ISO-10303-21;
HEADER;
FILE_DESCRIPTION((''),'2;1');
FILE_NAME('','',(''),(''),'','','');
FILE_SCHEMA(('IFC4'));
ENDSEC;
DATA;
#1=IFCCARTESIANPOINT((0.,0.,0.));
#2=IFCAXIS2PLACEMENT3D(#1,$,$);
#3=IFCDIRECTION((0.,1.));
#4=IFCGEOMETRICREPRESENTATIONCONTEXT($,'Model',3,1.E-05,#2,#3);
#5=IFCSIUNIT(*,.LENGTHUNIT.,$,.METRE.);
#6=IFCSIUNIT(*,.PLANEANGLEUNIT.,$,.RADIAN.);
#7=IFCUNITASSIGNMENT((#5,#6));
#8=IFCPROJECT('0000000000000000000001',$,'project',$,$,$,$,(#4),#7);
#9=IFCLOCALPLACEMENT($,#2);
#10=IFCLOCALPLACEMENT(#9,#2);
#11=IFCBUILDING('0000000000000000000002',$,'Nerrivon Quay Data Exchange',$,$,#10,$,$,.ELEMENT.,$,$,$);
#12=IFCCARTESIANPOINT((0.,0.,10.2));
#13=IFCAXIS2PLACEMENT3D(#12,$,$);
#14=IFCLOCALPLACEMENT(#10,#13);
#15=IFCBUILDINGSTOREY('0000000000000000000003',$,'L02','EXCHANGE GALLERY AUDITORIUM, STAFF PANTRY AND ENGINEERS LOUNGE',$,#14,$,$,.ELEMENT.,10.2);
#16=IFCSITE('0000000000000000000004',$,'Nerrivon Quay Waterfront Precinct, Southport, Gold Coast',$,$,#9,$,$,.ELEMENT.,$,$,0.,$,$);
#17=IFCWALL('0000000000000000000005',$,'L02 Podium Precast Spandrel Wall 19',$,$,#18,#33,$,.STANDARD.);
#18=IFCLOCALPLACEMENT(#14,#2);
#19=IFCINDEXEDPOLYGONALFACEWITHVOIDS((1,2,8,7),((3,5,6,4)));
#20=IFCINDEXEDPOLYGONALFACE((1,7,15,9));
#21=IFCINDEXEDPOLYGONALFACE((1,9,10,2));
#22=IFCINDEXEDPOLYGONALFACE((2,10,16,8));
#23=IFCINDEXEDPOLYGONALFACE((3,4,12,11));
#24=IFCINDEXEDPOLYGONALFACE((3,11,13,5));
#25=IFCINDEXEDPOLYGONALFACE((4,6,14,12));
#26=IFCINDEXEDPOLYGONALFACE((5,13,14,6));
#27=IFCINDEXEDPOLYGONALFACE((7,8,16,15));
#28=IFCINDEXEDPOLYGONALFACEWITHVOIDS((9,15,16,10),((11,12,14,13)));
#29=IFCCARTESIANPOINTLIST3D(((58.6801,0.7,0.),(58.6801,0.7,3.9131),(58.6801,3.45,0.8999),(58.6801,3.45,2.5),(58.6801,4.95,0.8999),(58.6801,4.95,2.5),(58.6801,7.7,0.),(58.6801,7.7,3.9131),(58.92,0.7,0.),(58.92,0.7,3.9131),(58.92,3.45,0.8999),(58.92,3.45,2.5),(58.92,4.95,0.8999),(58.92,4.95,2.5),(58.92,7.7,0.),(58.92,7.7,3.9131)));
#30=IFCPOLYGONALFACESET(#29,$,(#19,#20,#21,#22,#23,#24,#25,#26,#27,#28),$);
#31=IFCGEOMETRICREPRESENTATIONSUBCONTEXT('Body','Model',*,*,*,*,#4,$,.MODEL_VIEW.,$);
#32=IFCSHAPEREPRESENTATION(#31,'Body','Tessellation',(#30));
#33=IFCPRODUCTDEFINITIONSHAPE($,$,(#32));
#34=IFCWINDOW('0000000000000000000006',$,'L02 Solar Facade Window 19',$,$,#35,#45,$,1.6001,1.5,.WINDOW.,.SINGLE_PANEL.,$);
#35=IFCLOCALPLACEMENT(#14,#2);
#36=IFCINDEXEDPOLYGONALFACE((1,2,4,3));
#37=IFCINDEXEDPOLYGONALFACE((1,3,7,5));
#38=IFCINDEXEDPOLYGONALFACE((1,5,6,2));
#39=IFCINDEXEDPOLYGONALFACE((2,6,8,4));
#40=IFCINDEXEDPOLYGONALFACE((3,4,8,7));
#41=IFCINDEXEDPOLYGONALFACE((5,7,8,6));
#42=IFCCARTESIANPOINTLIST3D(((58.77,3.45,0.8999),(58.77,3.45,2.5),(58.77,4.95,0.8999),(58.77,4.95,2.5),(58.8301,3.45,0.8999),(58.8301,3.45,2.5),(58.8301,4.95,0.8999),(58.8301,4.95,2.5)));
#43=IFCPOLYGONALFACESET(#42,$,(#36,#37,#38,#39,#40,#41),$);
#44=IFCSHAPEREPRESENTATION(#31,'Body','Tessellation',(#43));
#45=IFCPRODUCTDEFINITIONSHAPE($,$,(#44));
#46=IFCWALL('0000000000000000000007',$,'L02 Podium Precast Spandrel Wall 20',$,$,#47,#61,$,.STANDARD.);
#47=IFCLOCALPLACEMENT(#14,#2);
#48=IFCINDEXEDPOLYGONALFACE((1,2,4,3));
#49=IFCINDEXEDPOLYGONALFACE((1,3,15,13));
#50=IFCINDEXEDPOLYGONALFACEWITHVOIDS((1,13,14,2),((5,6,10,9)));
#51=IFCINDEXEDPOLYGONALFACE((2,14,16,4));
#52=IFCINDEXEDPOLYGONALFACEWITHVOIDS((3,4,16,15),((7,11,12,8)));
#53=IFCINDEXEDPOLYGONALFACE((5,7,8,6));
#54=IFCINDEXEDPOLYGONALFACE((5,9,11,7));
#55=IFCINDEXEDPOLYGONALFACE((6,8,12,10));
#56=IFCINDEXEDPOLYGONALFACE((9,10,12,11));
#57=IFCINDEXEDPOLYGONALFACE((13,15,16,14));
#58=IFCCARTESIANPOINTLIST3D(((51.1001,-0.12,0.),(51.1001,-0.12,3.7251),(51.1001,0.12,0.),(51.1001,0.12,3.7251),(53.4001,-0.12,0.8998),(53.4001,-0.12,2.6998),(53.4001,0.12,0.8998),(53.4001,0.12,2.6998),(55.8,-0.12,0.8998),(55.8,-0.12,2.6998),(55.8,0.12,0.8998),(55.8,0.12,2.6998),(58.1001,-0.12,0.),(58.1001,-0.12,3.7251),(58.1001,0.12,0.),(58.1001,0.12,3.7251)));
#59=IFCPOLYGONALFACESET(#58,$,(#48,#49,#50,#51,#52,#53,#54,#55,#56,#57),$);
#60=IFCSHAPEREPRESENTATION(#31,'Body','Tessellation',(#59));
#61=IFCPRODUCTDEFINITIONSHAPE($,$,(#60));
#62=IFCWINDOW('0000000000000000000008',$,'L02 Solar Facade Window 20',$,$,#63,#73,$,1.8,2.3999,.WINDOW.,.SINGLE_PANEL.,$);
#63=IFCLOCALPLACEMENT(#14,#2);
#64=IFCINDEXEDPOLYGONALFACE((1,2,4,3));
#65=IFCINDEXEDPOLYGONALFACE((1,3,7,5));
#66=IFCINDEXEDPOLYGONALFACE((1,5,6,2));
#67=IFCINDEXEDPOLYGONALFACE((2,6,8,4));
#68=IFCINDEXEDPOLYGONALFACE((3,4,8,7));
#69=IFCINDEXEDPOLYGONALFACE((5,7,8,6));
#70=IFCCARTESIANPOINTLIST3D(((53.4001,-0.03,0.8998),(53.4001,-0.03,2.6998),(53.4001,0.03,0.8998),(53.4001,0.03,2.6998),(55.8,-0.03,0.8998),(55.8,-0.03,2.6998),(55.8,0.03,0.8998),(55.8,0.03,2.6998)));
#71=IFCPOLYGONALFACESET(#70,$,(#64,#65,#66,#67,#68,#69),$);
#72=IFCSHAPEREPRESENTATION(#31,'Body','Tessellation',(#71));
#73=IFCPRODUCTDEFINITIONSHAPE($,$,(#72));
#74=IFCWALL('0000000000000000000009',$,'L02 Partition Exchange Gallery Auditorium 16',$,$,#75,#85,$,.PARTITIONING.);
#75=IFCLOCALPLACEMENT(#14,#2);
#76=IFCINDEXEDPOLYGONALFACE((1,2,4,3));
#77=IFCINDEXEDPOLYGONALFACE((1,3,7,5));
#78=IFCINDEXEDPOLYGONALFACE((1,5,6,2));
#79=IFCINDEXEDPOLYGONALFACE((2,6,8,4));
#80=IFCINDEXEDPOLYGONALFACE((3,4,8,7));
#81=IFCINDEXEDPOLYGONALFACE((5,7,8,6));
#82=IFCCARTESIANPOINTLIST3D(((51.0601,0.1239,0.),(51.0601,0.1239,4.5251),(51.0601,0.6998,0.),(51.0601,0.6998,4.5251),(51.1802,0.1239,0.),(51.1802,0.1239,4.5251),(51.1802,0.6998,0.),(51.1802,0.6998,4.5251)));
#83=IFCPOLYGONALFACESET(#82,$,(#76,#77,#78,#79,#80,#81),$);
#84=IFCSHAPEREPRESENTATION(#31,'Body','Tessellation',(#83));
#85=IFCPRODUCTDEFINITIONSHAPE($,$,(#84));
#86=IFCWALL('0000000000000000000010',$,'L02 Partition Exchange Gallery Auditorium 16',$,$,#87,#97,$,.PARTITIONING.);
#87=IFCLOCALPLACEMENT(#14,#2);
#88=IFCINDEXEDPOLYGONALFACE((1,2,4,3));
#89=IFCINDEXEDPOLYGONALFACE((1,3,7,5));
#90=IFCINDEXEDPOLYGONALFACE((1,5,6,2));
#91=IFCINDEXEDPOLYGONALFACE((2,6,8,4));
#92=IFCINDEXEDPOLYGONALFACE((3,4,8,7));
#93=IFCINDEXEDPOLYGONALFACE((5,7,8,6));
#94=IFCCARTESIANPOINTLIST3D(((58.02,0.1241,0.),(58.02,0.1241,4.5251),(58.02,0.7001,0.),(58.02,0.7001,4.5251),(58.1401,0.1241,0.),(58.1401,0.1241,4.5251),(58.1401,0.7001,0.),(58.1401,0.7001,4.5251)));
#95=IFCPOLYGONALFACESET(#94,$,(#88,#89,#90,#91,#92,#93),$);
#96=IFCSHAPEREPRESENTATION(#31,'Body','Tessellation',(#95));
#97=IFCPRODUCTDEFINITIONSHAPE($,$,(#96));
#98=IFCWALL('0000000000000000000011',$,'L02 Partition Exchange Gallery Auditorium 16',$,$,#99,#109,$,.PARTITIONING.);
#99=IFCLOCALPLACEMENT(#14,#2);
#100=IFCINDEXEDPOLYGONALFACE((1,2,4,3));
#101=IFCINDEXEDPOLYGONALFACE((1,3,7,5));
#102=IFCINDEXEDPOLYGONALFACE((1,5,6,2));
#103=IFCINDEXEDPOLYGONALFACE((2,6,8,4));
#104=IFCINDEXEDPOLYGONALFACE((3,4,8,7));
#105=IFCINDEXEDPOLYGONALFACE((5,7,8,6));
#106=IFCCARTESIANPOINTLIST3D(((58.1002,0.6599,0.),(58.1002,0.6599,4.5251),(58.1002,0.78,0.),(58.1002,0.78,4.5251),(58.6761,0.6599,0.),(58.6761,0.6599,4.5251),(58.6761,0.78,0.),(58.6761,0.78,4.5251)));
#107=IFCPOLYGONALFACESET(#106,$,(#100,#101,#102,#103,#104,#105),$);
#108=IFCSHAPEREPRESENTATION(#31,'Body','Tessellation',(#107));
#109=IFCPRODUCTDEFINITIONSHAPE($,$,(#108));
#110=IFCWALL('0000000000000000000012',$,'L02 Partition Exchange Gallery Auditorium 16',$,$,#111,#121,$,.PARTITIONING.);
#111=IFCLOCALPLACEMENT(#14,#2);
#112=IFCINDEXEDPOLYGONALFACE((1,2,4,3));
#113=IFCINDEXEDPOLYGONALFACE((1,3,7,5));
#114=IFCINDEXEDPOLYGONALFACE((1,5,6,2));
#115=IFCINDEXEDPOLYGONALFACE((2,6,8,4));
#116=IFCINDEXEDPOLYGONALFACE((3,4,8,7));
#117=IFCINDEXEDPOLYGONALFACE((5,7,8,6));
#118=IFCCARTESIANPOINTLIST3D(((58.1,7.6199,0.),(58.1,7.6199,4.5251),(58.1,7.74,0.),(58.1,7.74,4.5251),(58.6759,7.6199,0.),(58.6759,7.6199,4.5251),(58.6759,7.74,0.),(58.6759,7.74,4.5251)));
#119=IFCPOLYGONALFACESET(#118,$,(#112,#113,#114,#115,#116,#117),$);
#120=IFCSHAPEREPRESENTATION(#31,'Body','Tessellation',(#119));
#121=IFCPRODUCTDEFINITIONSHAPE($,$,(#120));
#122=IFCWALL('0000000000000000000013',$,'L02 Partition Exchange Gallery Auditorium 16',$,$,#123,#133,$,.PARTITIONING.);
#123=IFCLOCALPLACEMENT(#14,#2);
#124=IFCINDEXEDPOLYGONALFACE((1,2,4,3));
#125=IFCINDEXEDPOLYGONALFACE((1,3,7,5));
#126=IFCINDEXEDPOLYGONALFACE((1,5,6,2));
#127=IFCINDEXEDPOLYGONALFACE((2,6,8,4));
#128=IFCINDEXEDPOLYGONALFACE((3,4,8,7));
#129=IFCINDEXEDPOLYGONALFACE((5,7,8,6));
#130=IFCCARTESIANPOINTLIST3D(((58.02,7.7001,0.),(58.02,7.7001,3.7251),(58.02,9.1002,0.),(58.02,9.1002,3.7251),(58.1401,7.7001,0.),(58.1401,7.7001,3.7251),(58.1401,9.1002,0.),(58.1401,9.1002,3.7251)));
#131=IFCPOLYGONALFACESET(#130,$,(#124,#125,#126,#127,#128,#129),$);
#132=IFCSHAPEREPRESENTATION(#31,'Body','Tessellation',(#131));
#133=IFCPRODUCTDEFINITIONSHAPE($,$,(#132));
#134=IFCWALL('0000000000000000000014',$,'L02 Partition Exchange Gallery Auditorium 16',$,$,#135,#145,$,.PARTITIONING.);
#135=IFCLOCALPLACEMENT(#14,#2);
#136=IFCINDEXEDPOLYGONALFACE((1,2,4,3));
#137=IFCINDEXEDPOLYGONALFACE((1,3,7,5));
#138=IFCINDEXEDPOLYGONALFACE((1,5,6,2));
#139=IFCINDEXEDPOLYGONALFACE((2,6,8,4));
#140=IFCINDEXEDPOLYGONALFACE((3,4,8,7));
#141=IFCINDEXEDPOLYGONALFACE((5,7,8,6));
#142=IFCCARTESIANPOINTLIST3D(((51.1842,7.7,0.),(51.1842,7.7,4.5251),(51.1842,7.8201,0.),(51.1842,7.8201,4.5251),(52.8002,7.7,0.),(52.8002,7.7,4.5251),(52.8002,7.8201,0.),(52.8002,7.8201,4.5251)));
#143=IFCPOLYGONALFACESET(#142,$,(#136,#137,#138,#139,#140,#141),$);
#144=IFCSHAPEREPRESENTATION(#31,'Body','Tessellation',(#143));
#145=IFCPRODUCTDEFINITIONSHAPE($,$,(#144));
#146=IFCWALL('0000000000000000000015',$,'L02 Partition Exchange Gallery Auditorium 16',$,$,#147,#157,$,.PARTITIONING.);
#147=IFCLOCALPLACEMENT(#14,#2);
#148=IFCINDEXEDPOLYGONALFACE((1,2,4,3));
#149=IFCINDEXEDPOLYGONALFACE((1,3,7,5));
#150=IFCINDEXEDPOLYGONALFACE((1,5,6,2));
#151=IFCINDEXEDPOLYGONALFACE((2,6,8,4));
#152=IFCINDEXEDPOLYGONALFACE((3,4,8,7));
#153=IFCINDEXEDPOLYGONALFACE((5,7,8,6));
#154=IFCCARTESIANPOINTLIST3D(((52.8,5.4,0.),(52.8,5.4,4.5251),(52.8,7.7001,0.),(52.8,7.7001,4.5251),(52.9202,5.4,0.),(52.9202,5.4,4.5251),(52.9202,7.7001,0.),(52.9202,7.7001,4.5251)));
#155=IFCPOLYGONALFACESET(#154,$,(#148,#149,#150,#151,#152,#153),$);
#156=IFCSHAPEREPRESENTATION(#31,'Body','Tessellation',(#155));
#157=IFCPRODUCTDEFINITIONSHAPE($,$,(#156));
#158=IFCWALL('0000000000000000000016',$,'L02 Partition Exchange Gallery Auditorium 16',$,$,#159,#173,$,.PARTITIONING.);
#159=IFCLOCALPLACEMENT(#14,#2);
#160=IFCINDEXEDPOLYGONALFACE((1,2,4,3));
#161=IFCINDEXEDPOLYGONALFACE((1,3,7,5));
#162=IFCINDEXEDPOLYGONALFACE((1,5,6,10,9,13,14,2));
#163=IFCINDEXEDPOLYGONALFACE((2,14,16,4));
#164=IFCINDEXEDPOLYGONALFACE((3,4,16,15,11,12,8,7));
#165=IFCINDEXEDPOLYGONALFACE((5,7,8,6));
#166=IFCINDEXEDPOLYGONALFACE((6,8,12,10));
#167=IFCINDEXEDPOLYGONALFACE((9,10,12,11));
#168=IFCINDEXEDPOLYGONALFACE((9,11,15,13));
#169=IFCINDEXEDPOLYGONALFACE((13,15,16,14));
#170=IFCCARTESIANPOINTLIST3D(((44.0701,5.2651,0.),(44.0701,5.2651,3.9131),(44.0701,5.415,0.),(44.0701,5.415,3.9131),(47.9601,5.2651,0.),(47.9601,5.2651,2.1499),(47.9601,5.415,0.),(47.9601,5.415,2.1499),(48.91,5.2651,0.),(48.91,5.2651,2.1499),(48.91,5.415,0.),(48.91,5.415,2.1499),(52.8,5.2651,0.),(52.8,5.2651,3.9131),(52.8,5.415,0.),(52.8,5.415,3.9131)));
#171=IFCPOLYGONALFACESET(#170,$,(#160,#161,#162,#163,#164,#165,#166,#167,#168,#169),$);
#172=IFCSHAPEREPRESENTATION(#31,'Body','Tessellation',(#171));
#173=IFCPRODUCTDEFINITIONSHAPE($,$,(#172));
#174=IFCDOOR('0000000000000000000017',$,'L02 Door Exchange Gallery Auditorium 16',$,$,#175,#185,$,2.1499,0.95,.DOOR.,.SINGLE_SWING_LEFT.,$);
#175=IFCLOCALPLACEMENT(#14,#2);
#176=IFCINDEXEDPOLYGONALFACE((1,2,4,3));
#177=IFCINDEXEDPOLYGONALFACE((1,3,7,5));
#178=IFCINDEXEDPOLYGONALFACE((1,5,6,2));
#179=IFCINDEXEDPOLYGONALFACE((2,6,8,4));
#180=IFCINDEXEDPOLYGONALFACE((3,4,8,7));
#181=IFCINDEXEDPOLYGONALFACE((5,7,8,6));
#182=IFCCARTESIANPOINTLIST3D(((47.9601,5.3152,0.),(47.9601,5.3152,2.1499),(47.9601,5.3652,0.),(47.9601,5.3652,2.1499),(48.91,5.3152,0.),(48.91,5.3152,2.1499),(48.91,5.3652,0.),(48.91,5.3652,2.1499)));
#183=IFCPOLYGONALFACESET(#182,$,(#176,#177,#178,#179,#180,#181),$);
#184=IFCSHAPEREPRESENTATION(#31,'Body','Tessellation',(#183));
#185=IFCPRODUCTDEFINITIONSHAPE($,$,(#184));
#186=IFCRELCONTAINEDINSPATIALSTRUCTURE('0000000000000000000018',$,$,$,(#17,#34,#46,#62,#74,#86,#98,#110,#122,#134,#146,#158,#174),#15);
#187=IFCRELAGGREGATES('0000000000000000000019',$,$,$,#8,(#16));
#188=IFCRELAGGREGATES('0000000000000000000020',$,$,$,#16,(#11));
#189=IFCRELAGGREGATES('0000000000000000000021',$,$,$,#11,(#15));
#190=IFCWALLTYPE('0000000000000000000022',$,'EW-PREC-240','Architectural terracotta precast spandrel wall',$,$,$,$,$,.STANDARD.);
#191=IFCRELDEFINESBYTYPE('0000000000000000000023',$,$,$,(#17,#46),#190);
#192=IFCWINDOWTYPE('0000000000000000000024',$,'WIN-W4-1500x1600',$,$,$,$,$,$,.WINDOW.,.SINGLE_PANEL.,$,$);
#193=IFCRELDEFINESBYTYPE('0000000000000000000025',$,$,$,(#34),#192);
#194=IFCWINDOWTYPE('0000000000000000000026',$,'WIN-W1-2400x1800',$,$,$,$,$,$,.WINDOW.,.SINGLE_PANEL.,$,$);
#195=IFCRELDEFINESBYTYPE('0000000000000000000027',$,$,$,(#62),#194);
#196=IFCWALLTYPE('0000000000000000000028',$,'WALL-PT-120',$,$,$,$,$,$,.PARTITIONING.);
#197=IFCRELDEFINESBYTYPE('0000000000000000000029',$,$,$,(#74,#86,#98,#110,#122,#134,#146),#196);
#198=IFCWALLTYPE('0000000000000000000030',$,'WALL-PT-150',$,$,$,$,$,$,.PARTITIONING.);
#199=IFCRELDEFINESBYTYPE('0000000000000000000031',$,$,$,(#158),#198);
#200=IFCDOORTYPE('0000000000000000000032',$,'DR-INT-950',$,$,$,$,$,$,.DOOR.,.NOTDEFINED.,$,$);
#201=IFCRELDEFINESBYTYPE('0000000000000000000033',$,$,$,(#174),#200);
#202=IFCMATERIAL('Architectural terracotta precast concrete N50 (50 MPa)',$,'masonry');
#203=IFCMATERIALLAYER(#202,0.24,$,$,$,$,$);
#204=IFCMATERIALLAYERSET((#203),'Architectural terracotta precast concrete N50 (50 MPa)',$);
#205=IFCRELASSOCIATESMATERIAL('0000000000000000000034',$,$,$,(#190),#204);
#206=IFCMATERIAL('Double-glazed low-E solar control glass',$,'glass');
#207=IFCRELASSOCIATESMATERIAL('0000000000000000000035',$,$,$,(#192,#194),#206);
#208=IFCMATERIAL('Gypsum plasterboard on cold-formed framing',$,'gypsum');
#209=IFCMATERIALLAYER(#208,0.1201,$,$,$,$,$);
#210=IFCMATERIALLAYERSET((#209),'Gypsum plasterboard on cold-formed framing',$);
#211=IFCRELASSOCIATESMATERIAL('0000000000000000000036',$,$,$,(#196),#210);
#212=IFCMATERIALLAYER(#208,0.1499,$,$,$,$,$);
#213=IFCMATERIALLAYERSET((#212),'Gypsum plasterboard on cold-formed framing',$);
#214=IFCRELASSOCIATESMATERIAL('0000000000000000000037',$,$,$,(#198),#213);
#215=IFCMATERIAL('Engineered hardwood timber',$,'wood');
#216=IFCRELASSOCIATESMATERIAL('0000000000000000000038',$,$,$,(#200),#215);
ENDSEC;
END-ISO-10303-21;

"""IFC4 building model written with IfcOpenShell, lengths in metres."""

from ifc_helpers import new_model, si_unit, direction, frame, frame_2d, origin, place, context, subcontext, project, spatial, rectangle, extrude, material, layer, layer_set, type_object, element, fill, save


model = new_model("IFC4")

# Units and contexts
model_context = context("Model", 3, precision=1e-05, world=origin(), true_north=direction((0.0, 1.0)))
body_context = subcontext(model_context, "Body", "Model", "MODEL_VIEW")
ifc_project = project(units=[si_unit("LENGTHUNIT", "METRE"), si_unit("PLANEANGLEUNIT", "RADIAN")], contexts=[model_context])

# Site, building, storey
site_placement = place(None, origin())
site = spatial("IfcSite", under=ifc_project, at=site_placement, Name="Nerrivon Quay Waterfront Precinct, Southport, Gold Coast", CompositionType="ELEMENT", RefElevation=0.0)
building_placement = place(site_placement, origin())
building = spatial("IfcBuilding", under=site, at=building_placement, Name="Nerrivon Quay Data Exchange", CompositionType="ELEMENT")
storey_placement = place(building_placement, frame((0.0, 0.0, 10.2)))
storey = spatial("IfcBuildingStorey", under=building, at=storey_placement, Name="L02", Description="EXCHANGE GALLERY AUDITORIUM, STAFF PANTRY AND ENGINEERS LOUNGE", CompositionType="ELEMENT", Elevation=10.2)

# Walls, openings, windows
ifc_material_1 = material(Name="Architectural terracotta precast concrete N50 (50 MPa)", Category="masonry")
ifc_layer_1 = layer(ifc_material_1, 0.24)
ifc_layer_set_1 = layer_set([ifc_layer_1], Name="Architectural terracotta precast concrete N50 (50 MPa)")
wall_type_1 = type_object("IfcWallType", Name="EW-PREC-240", Description="Architectural terracotta precast spandrel wall", PredefinedType="STANDARD", material=ifc_layer_set_1)
wall_1_placement = place(storey_placement, frame((58.8, 7.7, 0.0), z_axis=(0.0, 0.0, 1.0), x_axis=(0.0, -1.0, 0.0)))
wall_1 = element("IfcWall", 1, at=wall_1_placement, inside=storey, type_object=wall_type_1, Name="L02 Podium Precast Spandrel Wall 19", PredefinedType="STANDARD", context=body_context, shape_type="SweptSolid", body=[
    extrude(rectangle(XDim=7.0, YDim=0.24, at=frame_2d((3.5, 0.0))), origin(), (0.0, 0.0, 1.0), 3.9131),
])
opening_1_placement = place(wall_1_placement, frame((2.75, 0.0, 0.8999)))
opening_1 = element("IfcOpeningElement", 2, at=opening_1_placement, cuts=wall_1, PredefinedType="OPENING", context=body_context, shape_type="SweptSolid", body=[
    extrude(rectangle(XDim=1.5, YDim=1.6001, at=frame_2d((0.75, 0.8))), frame((0.0, 0.1299, 0.0), z_axis=(0.0, -1.0, 0.0), x_axis=(1.0, 0.0, 0.0)), (0.0, 0.0, 1.0), 0.26),
])
ifc_material_2 = material(Name="Double-glazed low-E solar control glass", Category="glass")
window_type_1 = type_object("IfcWindowType", Name="WIN-W4-1500x1600", PartitioningType="SINGLE_PANEL", PredefinedType="WINDOW", material=ifc_material_2)
window_1_placement = place(opening_1_placement, origin())
window_1 = element("IfcWindow", 3, at=window_1_placement, inside=storey, type_object=window_type_1, Name="L02 Solar Facade Window 19", OverallHeight=1.6001, OverallWidth=1.5, PartitioningType="SINGLE_PANEL", PredefinedType="WINDOW", context=body_context, shape_type="SweptSolid", body=[
    extrude(rectangle(XDim=1.5, YDim=1.6001, at=frame_2d((0.75, 0.8))), frame((0.0, 0.03, 0.0), z_axis=(0.0, -1.0, 0.0), x_axis=(1.0, 0.0, 0.0)), (0.0, 0.0, 1.0), 0.0601),
])
fill(opening_1, window_1)
wall_2_placement = place(storey_placement, frame((58.1001, 0.0, 0.0), z_axis=(0.0, 0.0, 1.0), x_axis=(-1.0, 0.0, 0.0)))
wall_2 = element("IfcWall", 4, at=wall_2_placement, inside=storey, type_object=wall_type_1, Name="L02 Podium Precast Spandrel Wall 20", PredefinedType="STANDARD", context=body_context, shape_type="SweptSolid", body=[
    extrude(rectangle(XDim=7.0, YDim=0.24, at=frame_2d((3.5, 0.0))), origin(), (0.0, 0.0, 1.0), 3.7251),
])
opening_2_placement = place(wall_2_placement, frame((2.3, 0.0, 0.8999)))
opening_2 = element("IfcOpeningElement", 5, at=opening_2_placement, cuts=wall_2, PredefinedType="OPENING", context=body_context, shape_type="SweptSolid", body=[
    extrude(rectangle(XDim=2.3999, YDim=1.8, at=frame_2d((1.2, 0.8999))), frame((0.0, 0.1299, 0.0), z_axis=(0.0, -1.0, 0.0), x_axis=(1.0, 0.0, 0.0)), (0.0, 0.0, 1.0), 0.26),
])
window_type_2 = type_object("IfcWindowType", Name="WIN-W1-2400x1800", PartitioningType="SINGLE_PANEL", PredefinedType="WINDOW", material=ifc_material_2)
window_2_placement = place(opening_2_placement, origin())
window_2 = element("IfcWindow", 6, at=window_2_placement, inside=storey, type_object=window_type_2, Name="L02 Solar Facade Window 20", OverallHeight=1.8, OverallWidth=2.3999, PartitioningType="SINGLE_PANEL", PredefinedType="WINDOW", context=body_context, shape_type="SweptSolid", body=[
    extrude(rectangle(XDim=2.3999, YDim=1.8, at=frame_2d((1.2, 0.8999))), frame((0.0, 0.03, 0.0), z_axis=(0.0, -1.0, 0.0), x_axis=(1.0, 0.0, 0.0)), (0.0, 0.0, 1.0), 0.0601),
])
fill(opening_2, window_2)

# Walls
ifc_material_3 = material(Name="Gypsum plasterboard on cold-formed framing", Category="gypsum")
ifc_layer_2 = layer(ifc_material_3, 0.1201)
ifc_layer_set_2 = layer_set([ifc_layer_2], Name="Gypsum plasterboard on cold-formed framing")
wall_type_2 = type_object("IfcWallType", Name="WALL-PT-120", PredefinedType="PARTITIONING", material=ifc_layer_set_2)
for number, where, z_axis, x_axis, name in (
    (7, (51.1201, 0.7, 0.0), (0.0, 0.0, 1.0), (0.0, -1.0, 0.0), "L02 Partition Exchange Gallery Auditorium 16"),
    (8, (58.0801, 0.124, 0.0), (0.0, 0.0, 1.0), (0.0, 1.0, 0.0), "L02 Partition Exchange Gallery Auditorium 16"),
    (9, (58.1001, 0.72, 0.0), (0.0, 0.0, 1.0), (1.0, 0.0, 0.0), "L02 Partition Exchange Gallery Auditorium 16"),
    (10, (58.676, 7.6799, 0.0), (0.0, 0.0, 1.0), (-1.0, 0.0, 0.0), "L02 Partition Exchange Gallery Auditorium 16"),
):
    element("IfcWall", number, at=place(storey_placement, frame(where, z_axis=z_axis, x_axis=x_axis)), inside=storey, type_object=wall_type_2, Name=name, PredefinedType="PARTITIONING", context=body_context, shape_type="SweptSolid", body=[
        extrude(rectangle(XDim=0.5759, YDim=0.1201, at=frame_2d((0.2881, 0.0))), origin(), (0.0, 0.0, 1.0), 4.5251),
    ])
wall_3_placement = place(storey_placement, frame((58.0801, 7.7, 0.0), z_axis=(0.0, 0.0, 1.0), x_axis=(0.0, 1.0, 0.0)))
element("IfcWall", 11, at=wall_3_placement, inside=storey, type_object=wall_type_2, Name="L02 Partition Exchange Gallery Auditorium 16", PredefinedType="PARTITIONING", context=body_context, shape_type="SweptSolid", body=[
    extrude(rectangle(XDim=1.4001, YDim=0.1201, at=frame_2d((0.7002, 0.0))), origin(), (0.0, 0.0, 1.0), 3.7251),
])
wall_4_placement = place(storey_placement, frame((51.1841, 7.76, 0.0), z_axis=(0.0, 0.0, 1.0), x_axis=(1.0, 0.0, 0.0)))
element("IfcWall", 12, at=wall_4_placement, inside=storey, type_object=wall_type_2, Name="L02 Partition Exchange Gallery Auditorium 16", PredefinedType="PARTITIONING", context=body_context, shape_type="SweptSolid", body=[
    extrude(rectangle(XDim=1.616, YDim=0.1201, at=frame_2d((0.8081, 0.0))), origin(), (0.0, 0.0, 1.0), 4.5251),
])
wall_5_placement = place(storey_placement, frame((52.8601, 7.7, 0.0), z_axis=(0.0, 0.0, 1.0), x_axis=(0.0, -1.0, 0.0)))
element("IfcWall", 13, at=wall_5_placement, inside=storey, type_object=wall_type_2, Name="L02 Partition Exchange Gallery Auditorium 16", PredefinedType="PARTITIONING", context=body_context, shape_type="SweptSolid", body=[
    extrude(rectangle(XDim=2.3, YDim=0.1201, at=frame_2d((1.1499, 0.0))), origin(), (0.0, 0.0, 1.0), 4.5251),
])

# Wall, opening, door
ifc_layer_3 = layer(ifc_material_3, 0.1499)
ifc_layer_set_3 = layer_set([ifc_layer_3], Name="Gypsum plasterboard on cold-formed framing")
wall_type_3 = type_object("IfcWallType", Name="WALL-PT-150", PredefinedType="PARTITIONING", material=ifc_layer_set_3)
wall_6_placement = place(storey_placement, frame((52.8, 5.3401, 0.0), z_axis=(0.0, 0.0, 1.0), x_axis=(-1.0, 0.0, 0.0)))
wall_6 = element("IfcWall", 14, at=wall_6_placement, inside=storey, type_object=wall_type_3, Name="L02 Partition Exchange Gallery Auditorium 16", PredefinedType="PARTITIONING", context=body_context, shape_type="SweptSolid", body=[
    extrude(rectangle(XDim=8.73, YDim=0.1499, at=frame_2d((4.365, 0.0))), origin(), (0.0, 0.0, 1.0), 3.9131),
])
opening_3_placement = place(wall_6_placement, frame((3.8899, 0.0, 0.0)))
opening_3 = element("IfcOpeningElement", 15, at=opening_3_placement, cuts=wall_6, PredefinedType="OPENING", context=body_context, shape_type="SweptSolid", body=[
    extrude(rectangle(XDim=0.95, YDim=2.1499, at=frame_2d((0.4751, 1.075))), frame((0.0, 0.085, 0.0), z_axis=(0.0, -1.0, 0.0), x_axis=(1.0, 0.0, 0.0)), (0.0, 0.0, 1.0), 0.1699),
])
ifc_material_4 = material(Name="Engineered hardwood timber", Category="wood")
door_type = type_object("IfcDoorType", Name="DR-INT-950", OperationType="NOTDEFINED", PredefinedType="DOOR", material=ifc_material_4)
door_placement = place(opening_3_placement, origin())
door = element("IfcDoor", 16, at=door_placement, inside=storey, type_object=door_type, Name="L02 Door Exchange Gallery Auditorium 16", OperationType="SINGLE_SWING_LEFT", OverallHeight=2.1499, OverallWidth=0.95, PredefinedType="DOOR", context=body_context, shape_type="SweptSolid", body=[
    extrude(rectangle(XDim=0.95, YDim=2.1499, at=frame_2d((0.4751, 1.075))), frame((0.0, 0.0249, 0.0), z_axis=(0.0, -1.0, 0.0), x_axis=(1.0, 0.0, 0.0)), (0.0, 0.0, 1.0), 0.05),
])
fill(opening_3, door)

save(model, "model.ifc")
